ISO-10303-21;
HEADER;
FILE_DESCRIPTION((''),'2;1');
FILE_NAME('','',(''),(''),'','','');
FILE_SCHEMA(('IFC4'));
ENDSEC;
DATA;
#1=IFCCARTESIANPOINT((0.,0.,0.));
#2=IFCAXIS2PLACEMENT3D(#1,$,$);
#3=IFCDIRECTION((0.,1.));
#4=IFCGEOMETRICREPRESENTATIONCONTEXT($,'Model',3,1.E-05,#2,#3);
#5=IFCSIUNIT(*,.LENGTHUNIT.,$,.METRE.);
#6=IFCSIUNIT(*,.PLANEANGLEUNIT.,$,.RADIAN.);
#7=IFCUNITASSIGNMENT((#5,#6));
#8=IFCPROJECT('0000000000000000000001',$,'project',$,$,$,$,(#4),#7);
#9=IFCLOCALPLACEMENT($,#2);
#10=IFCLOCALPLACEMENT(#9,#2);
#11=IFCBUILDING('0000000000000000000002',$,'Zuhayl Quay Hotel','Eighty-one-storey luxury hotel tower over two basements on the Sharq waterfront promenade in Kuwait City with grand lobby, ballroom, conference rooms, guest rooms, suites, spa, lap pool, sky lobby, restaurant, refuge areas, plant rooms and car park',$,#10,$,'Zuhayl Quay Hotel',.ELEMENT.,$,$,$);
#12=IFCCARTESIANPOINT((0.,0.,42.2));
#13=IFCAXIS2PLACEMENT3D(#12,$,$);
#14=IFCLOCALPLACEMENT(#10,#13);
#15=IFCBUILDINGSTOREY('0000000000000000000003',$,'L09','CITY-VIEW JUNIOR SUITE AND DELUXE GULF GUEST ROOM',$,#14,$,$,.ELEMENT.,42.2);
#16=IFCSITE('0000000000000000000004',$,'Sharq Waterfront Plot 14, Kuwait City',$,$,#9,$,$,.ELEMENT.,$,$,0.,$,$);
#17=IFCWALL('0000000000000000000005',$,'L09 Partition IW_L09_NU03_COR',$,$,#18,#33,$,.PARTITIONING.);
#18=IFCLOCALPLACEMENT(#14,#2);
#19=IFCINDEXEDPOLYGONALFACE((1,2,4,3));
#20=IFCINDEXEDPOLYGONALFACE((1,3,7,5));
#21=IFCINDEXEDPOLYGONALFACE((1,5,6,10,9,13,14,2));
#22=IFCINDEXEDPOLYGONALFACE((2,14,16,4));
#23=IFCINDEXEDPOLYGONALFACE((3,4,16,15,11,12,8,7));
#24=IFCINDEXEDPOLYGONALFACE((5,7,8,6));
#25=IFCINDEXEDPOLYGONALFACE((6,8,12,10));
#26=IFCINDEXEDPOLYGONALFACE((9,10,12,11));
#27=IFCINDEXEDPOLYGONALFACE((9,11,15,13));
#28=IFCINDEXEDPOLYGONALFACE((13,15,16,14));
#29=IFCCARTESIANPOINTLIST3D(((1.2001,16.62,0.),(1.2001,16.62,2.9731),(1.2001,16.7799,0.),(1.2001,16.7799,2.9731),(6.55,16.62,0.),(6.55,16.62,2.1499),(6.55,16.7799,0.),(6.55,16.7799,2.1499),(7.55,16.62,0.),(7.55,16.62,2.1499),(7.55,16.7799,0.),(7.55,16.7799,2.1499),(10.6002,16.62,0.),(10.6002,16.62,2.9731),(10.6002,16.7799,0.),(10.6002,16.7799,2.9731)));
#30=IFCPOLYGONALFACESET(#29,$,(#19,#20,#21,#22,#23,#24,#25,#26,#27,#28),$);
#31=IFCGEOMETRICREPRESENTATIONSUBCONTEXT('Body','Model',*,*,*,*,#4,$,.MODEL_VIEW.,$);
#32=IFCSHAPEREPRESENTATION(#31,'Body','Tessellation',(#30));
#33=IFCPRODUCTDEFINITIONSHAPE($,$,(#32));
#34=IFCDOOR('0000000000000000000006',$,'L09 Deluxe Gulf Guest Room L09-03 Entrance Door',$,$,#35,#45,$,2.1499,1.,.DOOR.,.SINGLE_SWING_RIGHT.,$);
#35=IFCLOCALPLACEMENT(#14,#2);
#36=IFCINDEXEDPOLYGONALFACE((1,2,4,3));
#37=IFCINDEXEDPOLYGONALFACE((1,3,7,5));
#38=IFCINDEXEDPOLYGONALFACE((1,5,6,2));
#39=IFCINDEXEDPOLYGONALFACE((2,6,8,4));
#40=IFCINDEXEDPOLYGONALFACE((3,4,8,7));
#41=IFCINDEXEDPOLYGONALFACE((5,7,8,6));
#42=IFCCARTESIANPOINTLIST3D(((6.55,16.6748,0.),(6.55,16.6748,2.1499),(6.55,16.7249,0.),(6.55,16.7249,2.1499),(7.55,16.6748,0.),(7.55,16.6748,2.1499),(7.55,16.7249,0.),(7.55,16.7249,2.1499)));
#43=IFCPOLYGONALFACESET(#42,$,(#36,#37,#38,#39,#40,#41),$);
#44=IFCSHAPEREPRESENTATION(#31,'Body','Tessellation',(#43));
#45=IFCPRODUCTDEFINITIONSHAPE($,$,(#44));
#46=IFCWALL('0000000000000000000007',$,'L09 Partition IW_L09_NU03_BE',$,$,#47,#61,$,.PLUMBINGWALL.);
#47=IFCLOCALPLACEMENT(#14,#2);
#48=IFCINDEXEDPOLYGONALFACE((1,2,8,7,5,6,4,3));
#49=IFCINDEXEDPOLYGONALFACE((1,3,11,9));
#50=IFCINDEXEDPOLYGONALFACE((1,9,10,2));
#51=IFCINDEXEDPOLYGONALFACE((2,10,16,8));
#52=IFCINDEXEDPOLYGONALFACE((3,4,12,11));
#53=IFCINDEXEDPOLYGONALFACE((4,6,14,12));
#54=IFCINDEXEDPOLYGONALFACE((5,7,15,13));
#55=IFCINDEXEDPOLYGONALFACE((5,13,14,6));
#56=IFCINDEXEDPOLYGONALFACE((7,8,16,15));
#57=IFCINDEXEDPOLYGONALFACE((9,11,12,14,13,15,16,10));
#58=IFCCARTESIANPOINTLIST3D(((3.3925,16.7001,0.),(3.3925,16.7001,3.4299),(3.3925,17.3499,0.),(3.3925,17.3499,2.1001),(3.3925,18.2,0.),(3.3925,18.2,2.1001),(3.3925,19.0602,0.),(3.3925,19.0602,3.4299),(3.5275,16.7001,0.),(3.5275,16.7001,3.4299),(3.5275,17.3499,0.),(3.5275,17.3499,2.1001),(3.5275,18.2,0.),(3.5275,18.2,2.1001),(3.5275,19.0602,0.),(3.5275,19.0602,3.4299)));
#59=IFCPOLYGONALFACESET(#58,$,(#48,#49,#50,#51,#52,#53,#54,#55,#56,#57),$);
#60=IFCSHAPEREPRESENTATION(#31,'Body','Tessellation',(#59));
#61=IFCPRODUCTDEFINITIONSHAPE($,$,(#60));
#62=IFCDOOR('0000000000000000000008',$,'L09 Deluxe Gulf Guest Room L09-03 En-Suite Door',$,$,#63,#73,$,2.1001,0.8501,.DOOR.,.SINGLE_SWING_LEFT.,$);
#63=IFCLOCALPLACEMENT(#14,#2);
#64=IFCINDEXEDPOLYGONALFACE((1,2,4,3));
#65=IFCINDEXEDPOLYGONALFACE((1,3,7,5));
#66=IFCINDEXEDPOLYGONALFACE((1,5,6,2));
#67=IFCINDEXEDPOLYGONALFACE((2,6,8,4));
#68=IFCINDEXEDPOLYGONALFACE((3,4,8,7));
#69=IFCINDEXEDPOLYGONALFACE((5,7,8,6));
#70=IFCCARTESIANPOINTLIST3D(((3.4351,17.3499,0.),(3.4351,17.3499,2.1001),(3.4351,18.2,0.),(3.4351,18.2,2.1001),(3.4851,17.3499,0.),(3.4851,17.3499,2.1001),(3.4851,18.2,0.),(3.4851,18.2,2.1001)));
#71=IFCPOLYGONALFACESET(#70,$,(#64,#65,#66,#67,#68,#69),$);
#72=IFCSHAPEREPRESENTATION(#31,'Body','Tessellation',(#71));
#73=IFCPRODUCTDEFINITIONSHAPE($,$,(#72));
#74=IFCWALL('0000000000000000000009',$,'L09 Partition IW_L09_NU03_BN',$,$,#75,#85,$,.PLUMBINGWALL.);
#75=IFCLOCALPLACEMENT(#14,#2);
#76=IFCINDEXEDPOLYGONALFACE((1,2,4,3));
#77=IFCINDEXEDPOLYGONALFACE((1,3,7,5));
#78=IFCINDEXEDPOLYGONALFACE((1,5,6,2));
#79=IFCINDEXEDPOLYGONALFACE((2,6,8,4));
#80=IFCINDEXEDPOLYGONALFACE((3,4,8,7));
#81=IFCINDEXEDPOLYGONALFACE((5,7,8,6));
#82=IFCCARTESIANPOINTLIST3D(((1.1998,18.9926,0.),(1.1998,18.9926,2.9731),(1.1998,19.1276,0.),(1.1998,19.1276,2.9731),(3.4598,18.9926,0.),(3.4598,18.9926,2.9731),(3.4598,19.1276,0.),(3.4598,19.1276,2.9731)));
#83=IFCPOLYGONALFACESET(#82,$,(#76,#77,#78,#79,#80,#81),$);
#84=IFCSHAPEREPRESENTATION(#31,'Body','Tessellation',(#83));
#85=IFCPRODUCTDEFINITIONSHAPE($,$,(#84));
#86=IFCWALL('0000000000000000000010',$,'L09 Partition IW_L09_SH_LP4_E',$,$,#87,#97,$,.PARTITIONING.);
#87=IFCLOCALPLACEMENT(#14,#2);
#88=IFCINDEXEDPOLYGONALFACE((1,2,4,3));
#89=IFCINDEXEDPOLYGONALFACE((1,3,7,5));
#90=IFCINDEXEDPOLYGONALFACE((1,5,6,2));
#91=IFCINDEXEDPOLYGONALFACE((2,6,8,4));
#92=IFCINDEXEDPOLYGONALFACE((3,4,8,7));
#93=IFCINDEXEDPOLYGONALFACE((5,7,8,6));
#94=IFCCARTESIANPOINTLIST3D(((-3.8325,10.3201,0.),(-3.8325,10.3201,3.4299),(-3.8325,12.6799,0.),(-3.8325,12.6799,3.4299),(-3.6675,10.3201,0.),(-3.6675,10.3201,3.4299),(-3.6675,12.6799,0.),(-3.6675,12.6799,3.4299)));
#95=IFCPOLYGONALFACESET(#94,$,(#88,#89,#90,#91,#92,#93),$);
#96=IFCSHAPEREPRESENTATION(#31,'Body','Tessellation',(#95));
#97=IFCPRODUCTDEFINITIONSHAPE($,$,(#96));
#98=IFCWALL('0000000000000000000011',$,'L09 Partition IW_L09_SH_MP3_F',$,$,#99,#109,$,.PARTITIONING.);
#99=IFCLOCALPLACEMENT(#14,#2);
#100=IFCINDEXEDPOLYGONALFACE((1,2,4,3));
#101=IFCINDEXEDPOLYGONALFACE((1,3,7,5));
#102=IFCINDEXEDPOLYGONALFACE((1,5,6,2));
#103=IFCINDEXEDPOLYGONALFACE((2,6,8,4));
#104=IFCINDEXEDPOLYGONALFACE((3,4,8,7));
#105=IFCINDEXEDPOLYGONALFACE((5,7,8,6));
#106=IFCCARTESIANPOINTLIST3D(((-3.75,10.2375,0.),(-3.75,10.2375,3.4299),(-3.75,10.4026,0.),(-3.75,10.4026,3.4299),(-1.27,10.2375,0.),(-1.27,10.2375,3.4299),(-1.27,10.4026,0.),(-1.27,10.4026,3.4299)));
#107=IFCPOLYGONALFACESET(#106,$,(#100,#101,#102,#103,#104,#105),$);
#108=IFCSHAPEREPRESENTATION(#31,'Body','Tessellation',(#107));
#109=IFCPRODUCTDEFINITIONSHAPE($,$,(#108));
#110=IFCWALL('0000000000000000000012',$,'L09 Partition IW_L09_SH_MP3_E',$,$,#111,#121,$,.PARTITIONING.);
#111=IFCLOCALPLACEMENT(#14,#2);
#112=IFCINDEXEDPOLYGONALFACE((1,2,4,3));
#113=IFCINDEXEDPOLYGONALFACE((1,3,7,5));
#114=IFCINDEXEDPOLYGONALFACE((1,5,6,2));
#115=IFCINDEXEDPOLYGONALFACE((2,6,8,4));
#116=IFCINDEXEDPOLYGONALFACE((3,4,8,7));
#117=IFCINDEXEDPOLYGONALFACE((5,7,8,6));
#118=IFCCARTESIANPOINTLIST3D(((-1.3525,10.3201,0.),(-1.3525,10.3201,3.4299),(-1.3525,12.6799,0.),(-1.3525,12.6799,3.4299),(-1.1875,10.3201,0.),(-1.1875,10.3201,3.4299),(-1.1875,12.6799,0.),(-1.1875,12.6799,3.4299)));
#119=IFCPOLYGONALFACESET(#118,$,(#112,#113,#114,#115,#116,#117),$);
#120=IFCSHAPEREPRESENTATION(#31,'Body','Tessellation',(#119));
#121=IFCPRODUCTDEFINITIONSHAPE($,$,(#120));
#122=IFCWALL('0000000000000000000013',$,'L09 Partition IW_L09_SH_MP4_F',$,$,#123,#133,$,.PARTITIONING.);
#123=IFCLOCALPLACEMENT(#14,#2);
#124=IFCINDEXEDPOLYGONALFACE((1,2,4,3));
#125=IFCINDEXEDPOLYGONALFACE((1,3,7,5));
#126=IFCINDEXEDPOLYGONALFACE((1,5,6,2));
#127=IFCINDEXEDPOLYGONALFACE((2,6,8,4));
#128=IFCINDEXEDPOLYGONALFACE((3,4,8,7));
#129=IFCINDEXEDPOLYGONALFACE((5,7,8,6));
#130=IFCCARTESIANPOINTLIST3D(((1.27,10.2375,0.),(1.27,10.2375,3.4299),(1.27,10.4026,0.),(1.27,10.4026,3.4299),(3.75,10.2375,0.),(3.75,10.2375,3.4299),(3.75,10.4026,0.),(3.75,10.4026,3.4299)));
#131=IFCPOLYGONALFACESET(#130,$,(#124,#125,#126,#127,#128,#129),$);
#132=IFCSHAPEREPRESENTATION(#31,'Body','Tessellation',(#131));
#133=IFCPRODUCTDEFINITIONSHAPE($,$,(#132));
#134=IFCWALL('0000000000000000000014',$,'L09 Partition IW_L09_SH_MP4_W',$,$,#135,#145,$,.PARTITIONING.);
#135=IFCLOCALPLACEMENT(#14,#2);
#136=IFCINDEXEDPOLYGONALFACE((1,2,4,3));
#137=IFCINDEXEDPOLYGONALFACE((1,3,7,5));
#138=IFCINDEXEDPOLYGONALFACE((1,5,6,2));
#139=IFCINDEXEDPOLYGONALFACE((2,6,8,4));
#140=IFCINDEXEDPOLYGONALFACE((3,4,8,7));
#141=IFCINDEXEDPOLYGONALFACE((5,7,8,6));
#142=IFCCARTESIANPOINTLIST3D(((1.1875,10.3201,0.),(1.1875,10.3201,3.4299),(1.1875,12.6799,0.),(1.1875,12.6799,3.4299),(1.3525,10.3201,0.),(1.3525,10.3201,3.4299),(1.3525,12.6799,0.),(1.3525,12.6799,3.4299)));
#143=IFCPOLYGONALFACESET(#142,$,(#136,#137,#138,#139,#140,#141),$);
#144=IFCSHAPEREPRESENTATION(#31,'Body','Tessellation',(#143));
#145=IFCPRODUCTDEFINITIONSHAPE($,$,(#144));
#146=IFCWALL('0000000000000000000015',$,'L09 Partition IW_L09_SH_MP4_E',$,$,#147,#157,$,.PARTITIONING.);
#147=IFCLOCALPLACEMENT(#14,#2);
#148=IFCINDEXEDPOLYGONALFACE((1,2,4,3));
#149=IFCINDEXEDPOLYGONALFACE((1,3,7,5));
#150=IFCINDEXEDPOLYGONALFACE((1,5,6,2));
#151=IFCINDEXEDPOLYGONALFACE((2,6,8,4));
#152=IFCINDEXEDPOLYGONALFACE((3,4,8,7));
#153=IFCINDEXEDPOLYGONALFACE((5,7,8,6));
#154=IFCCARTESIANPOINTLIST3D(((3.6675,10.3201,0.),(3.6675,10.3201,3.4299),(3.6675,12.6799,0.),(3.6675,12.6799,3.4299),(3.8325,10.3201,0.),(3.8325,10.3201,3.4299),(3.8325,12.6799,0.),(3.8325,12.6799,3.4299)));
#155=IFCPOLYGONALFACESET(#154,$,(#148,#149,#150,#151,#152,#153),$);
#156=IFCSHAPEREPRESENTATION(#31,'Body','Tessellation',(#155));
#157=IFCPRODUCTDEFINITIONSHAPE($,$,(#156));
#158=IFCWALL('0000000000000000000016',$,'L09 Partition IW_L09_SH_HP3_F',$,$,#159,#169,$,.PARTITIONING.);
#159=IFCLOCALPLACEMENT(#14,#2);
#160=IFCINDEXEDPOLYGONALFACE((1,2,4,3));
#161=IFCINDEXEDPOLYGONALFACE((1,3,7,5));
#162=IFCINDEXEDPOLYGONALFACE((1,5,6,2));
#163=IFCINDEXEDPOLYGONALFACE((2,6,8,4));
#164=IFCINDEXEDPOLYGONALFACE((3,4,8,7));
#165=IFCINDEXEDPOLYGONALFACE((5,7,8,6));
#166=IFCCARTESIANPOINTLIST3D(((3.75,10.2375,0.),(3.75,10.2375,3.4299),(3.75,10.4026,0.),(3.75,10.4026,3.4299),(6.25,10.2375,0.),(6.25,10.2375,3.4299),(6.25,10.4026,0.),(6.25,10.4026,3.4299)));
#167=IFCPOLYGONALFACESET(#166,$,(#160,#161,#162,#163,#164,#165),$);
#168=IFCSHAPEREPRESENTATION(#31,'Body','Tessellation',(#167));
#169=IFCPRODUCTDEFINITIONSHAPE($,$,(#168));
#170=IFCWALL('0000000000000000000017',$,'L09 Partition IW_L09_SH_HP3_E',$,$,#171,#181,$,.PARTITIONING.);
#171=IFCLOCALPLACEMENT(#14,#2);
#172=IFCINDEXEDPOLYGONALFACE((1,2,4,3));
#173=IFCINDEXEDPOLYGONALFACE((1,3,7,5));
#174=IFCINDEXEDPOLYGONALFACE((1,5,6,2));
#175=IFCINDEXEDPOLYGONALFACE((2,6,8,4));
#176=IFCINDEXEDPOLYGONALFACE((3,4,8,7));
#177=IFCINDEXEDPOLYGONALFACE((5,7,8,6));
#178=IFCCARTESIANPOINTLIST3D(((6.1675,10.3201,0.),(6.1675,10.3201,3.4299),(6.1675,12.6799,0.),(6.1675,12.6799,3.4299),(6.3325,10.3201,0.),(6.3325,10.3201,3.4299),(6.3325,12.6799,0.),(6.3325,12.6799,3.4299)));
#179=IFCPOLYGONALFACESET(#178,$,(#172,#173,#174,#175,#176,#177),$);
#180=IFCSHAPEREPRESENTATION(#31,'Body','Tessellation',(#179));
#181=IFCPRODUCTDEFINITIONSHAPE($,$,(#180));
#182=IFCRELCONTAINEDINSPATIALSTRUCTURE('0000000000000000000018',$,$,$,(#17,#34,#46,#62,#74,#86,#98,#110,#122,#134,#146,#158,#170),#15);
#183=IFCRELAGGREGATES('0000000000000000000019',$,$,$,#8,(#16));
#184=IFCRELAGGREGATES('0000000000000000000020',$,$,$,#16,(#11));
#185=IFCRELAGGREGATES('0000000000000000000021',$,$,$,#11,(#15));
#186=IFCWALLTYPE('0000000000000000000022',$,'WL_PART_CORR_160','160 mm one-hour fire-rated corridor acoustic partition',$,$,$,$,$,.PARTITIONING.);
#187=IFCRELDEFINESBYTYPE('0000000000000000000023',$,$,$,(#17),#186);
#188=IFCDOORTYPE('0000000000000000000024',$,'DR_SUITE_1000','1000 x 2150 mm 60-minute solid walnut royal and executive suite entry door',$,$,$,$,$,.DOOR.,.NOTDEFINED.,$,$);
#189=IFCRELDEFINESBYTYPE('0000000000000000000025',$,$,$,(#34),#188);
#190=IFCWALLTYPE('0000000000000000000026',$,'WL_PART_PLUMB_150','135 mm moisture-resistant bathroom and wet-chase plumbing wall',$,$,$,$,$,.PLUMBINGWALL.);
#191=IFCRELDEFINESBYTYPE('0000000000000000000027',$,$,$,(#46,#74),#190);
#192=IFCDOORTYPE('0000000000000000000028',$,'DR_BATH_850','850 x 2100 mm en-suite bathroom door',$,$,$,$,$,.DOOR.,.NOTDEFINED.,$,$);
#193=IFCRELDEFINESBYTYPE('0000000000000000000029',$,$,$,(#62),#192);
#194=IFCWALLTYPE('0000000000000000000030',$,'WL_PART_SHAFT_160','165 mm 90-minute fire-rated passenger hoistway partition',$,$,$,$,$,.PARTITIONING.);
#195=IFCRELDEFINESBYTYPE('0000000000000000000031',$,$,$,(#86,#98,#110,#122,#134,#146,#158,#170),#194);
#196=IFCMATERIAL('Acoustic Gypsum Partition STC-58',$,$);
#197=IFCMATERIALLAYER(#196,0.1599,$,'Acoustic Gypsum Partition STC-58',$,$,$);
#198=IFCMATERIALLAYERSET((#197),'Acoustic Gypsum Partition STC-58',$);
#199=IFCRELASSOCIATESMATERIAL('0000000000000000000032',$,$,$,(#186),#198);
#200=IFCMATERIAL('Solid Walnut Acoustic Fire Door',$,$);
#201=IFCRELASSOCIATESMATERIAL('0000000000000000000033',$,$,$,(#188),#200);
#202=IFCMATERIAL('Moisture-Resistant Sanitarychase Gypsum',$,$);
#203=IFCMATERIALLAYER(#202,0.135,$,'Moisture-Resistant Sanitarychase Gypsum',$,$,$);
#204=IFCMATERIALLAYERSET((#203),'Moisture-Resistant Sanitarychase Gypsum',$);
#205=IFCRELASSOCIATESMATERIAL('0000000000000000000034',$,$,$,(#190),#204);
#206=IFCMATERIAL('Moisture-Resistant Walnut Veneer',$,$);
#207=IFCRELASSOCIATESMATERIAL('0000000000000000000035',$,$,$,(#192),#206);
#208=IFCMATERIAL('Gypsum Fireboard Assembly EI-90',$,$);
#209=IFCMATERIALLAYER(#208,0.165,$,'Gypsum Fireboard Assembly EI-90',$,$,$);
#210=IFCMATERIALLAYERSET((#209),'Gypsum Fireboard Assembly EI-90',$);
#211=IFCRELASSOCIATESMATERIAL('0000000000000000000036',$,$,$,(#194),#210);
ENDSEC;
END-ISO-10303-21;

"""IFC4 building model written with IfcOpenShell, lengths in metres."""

from ifc_helpers import new_model, si_unit, direction, frame, frame_2d, origin, place, context, subcontext, project, spatial, rectangle, extrude, material, layer, layer_set, type_object, element, fill, save


model = new_model("IFC4")

# Units and contexts
model_context = context("Model", 3, precision=1e-05, world=origin(), true_north=direction((0.0, 1.0)))
body_context = subcontext(model_context, "Body", "Model", "MODEL_VIEW")
ifc_project = project(units=[si_unit("LENGTHUNIT", "METRE"), si_unit("PLANEANGLEUNIT", "RADIAN")], contexts=[model_context])

# Site, building, storey
site_placement = place(None, origin())
site = spatial("IfcSite", under=ifc_project, at=site_placement, Name="Sharq Waterfront Plot 14, Kuwait City", CompositionType="ELEMENT", RefElevation=0.0)
building_placement = place(site_placement, origin())
building = spatial("IfcBuilding", under=site, at=building_placement, Name="Zuhayl Quay Hotel", Description="Eighty-one-storey luxury hotel tower over two basements on the Sharq waterfront promenade in Kuwait City with grand lobby, ballroom, conference rooms, guest rooms, suites, spa, lap pool, sky lobby, restaurant, refuge areas, plant rooms and car park", LongName="Zuhayl Quay Hotel", CompositionType="ELEMENT")
storey_placement = place(building_placement, frame((0.0, 0.0, 42.2)))
storey = spatial("IfcBuildingStorey", under=building, at=storey_placement, Name="L09", Description="CITY-VIEW JUNIOR SUITE AND DELUXE GULF GUEST ROOM", CompositionType="ELEMENT", Elevation=42.2)

# Shared definitions
ifc_material_1 = material(Name="Acoustic Gypsum Partition STC-58")

# Walls, openings, doors
ifc_layer_1 = layer(ifc_material_1, 0.1599, Name="Acoustic Gypsum Partition STC-58")
ifc_layer_set_1 = layer_set([ifc_layer_1], Name="Acoustic Gypsum Partition STC-58")
wall_type_1 = type_object("IfcWallType", Name="WL_PART_CORR_160", Description="160 mm one-hour fire-rated corridor acoustic partition", PredefinedType="PARTITIONING", material=ifc_layer_set_1)
wall_1_placement = place(storey_placement, frame((1.2, 16.7, 0.0), z_axis=(0.0, 0.0, 1.0), x_axis=(1.0, 0.0, 0.0)))
wall_1 = element("IfcWall", 1, at=wall_1_placement, inside=storey, type_object=wall_type_1, Name="L09 Partition IW_L09_NU03_COR", PredefinedType="PARTITIONING", context=body_context, shape_type="SweptSolid", body=[
    extrude(rectangle(XDim=9.4001, YDim=0.1599, at=frame_2d((4.7002, 0.0))), origin(), (0.0, 0.0, 1.0), 2.9731),
])
opening_1_placement = place(wall_1_placement, frame((5.3501, 0.0, 0.0)))
opening_1 = element("IfcOpeningElement", 2, at=opening_1_placement, cuts=wall_1, PredefinedType="OPENING", context=body_context, shape_type="SweptSolid", body=[
    extrude(rectangle(XDim=1.0, YDim=2.1499, at=frame_2d((0.5, 1.075))), frame((0.0, 0.0898, 0.0), z_axis=(0.0, -1.0, 0.0), x_axis=(1.0, 0.0, 0.0)), (0.0, 0.0, 1.0), 0.1799),
])
ifc_material_2 = material(Name="Solid Walnut Acoustic Fire Door")
door_type_1 = type_object("IfcDoorType", Name="DR_SUITE_1000", Description="1000 x 2150 mm 60-minute solid walnut royal and executive suite entry door", OperationType="NOTDEFINED", PredefinedType="DOOR", material=ifc_material_2)
door_1_placement = place(opening_1_placement, origin())
door_1 = element("IfcDoor", 3, at=door_1_placement, inside=storey, type_object=door_type_1, Name="L09 Deluxe Gulf Guest Room L09-03 Entrance Door", OperationType="SINGLE_SWING_RIGHT", OverallHeight=2.1499, OverallWidth=1.0, PredefinedType="DOOR", context=body_context, shape_type="SweptSolid", body=[
    extrude(rectangle(XDim=1.0, YDim=2.1499, at=frame_2d((0.5, 1.075))), frame((0.0, 0.0249, 0.0), z_axis=(0.0, -1.0, 0.0), x_axis=(1.0, 0.0, 0.0)), (0.0, 0.0, 1.0), 0.05),
])
fill(opening_1, door_1)
ifc_material_3 = material(Name="Moisture-Resistant Sanitarychase Gypsum")
ifc_layer_2 = layer(ifc_material_3, 0.135, Name="Moisture-Resistant Sanitarychase Gypsum")
ifc_layer_set_2 = layer_set([ifc_layer_2], Name="Moisture-Resistant Sanitarychase Gypsum")
wall_type_2 = type_object("IfcWallType", Name="WL_PART_PLUMB_150", Description="135 mm moisture-resistant bathroom and wet-chase plumbing wall", PredefinedType="PLUMBINGWALL", material=ifc_layer_set_2)
wall_2_placement = place(storey_placement, frame((3.46, 16.7, 0.0), z_axis=(0.0, 0.0, 1.0), x_axis=(0.0, 1.0, 0.0)))
wall_2 = element("IfcWall", 4, at=wall_2_placement, inside=storey, type_object=wall_type_2, Name="L09 Partition IW_L09_NU03_BE", PredefinedType="PLUMBINGWALL", context=body_context, shape_type="SweptSolid", body=[
    extrude(rectangle(XDim=2.3601, YDim=0.135, at=frame_2d((1.1802, 0.0))), origin(), (0.0, 0.0, 1.0), 3.4299),
])
opening_2_placement = place(wall_2_placement, frame((0.6499, 0.0, 0.0)))
opening_2 = element("IfcOpeningElement", 5, at=opening_2_placement, cuts=wall_2, PredefinedType="OPENING", context=body_context, shape_type="SweptSolid", body=[
    extrude(rectangle(XDim=0.8501, YDim=2.1001, at=frame_2d((0.425, 1.05))), frame((0.0, 0.0774, 0.0), z_axis=(0.0, -1.0, 0.0), x_axis=(1.0, 0.0, 0.0)), (0.0, 0.0, 1.0), 0.155),
])
ifc_material_4 = material(Name="Moisture-Resistant Walnut Veneer")
door_type_2 = type_object("IfcDoorType", Name="DR_BATH_850", Description="850 x 2100 mm en-suite bathroom door", OperationType="NOTDEFINED", PredefinedType="DOOR", material=ifc_material_4)
door_2_placement = place(opening_2_placement, origin())
door_2 = element("IfcDoor", 6, at=door_2_placement, inside=storey, type_object=door_type_2, Name="L09 Deluxe Gulf Guest Room L09-03 En-Suite Door", OperationType="SINGLE_SWING_LEFT", OverallHeight=2.1001, OverallWidth=0.8501, PredefinedType="DOOR", context=body_context, shape_type="SweptSolid", body=[
    extrude(rectangle(XDim=0.8501, YDim=2.1001, at=frame_2d((0.425, 1.05))), frame((0.0, 0.0249, 0.0), z_axis=(0.0, -1.0, 0.0), x_axis=(1.0, 0.0, 0.0)), (0.0, 0.0, 1.0), 0.05),
])
fill(opening_2, door_2)

# Walls
wall_3_placement = place(storey_placement, frame((1.2, 19.0601, 0.0), z_axis=(0.0, 0.0, 1.0), x_axis=(1.0, 0.0, 0.0)))
element("IfcWall", 7, at=wall_3_placement, inside=storey, type_object=wall_type_2, Name="L09 Partition IW_L09_NU03_BN", PredefinedType="PLUMBINGWALL", context=body_context, shape_type="SweptSolid", body=[
    extrude(rectangle(XDim=2.26, YDim=0.135, at=frame_2d((1.1299, 0.0))), origin(), (0.0, 0.0, 1.0), 2.9731),
])
ifc_material_5 = material(Name="Gypsum Fireboard Assembly EI-90")
ifc_layer_3 = layer(ifc_material_5, 0.165, Name="Gypsum Fireboard Assembly EI-90")
ifc_layer_set_3 = layer_set([ifc_layer_3], Name="Gypsum Fireboard Assembly EI-90")
wall_type_3 = type_object("IfcWallType", Name="WL_PART_SHAFT_160", Description="165 mm 90-minute fire-rated passenger hoistway partition", PredefinedType="PARTITIONING", material=ifc_layer_set_3)
wall_4_placement = place(storey_placement, frame((-3.75, 10.3201, 0.0), z_axis=(0.0, 0.0, 1.0), x_axis=(0.0, 1.0, 0.0)))
element("IfcWall", 8, at=wall_4_placement, inside=storey, type_object=wall_type_3, Name="L09 Partition IW_L09_SH_LP4_E", PredefinedType="PARTITIONING", context=body_context, shape_type="SweptSolid", body=[
    extrude(rectangle(XDim=2.3599, YDim=0.165, at=frame_2d((1.1799, 0.0))), origin(), (0.0, 0.0, 1.0), 3.4299),
])
wall_5_placement = place(storey_placement, frame((-3.75, 10.3201, 0.0), z_axis=(0.0, 0.0, 1.0), x_axis=(1.0, 0.0, 0.0)))
element("IfcWall", 9, at=wall_5_placement, inside=storey, type_object=wall_type_3, Name="L09 Partition IW_L09_SH_MP3_F", PredefinedType="PARTITIONING", context=body_context, shape_type="SweptSolid", body=[
    extrude(rectangle(XDim=2.48, YDim=0.165, at=frame_2d((1.24, 0.0))), origin(), (0.0, 0.0, 1.0), 3.4299),
])
wall_6_placement = place(storey_placement, frame((-1.27, 10.3201, 0.0), z_axis=(0.0, 0.0, 1.0), x_axis=(0.0, 1.0, 0.0)))
element("IfcWall", 10, at=wall_6_placement, inside=storey, type_object=wall_type_3, Name="L09 Partition IW_L09_SH_MP3_E", PredefinedType="PARTITIONING", context=body_context, shape_type="SweptSolid", body=[
    extrude(rectangle(XDim=2.3599, YDim=0.165, at=frame_2d((1.1799, 0.0))), origin(), (0.0, 0.0, 1.0), 3.4299),
])
wall_7_placement = place(storey_placement, frame((1.27, 10.3201, 0.0), z_axis=(0.0, 0.0, 1.0), x_axis=(1.0, 0.0, 0.0)))
element("IfcWall", 11, at=wall_7_placement, inside=storey, type_object=wall_type_3, Name="L09 Partition IW_L09_SH_MP4_F", PredefinedType="PARTITIONING", context=body_context, shape_type="SweptSolid", body=[
    extrude(rectangle(XDim=2.48, YDim=0.165, at=frame_2d((1.24, 0.0))), origin(), (0.0, 0.0, 1.0), 3.4299),
])
for number, where, z_axis, x_axis, name in (
    (12, (1.27, 10.3201, 0.0), (0.0, 0.0, 1.0), (0.0, 1.0, 0.0), "L09 Partition IW_L09_SH_MP4_W"),
    (13, (3.75, 10.3201, 0.0), (0.0, 0.0, 1.0), (0.0, 1.0, 0.0), "L09 Partition IW_L09_SH_MP4_E"),
):
    element("IfcWall", number, at=place(storey_placement, frame(where, z_axis=z_axis, x_axis=x_axis)), inside=storey, type_object=wall_type_3, Name=name, PredefinedType="PARTITIONING", context=body_context, shape_type="SweptSolid", body=[
        extrude(rectangle(XDim=2.3599, YDim=0.165, at=frame_2d((1.1799, 0.0))), origin(), (0.0, 0.0, 1.0), 3.4299),
    ])
wall_8_placement = place(storey_placement, frame((3.75, 10.3201, 0.0), z_axis=(0.0, 0.0, 1.0), x_axis=(1.0, 0.0, 0.0)))
element("IfcWall", 14, at=wall_8_placement, inside=storey, type_object=wall_type_3, Name="L09 Partition IW_L09_SH_HP3_F", PredefinedType="PARTITIONING", context=body_context, shape_type="SweptSolid", body=[
    extrude(rectangle(XDim=2.5, YDim=0.165, at=frame_2d((1.25, 0.0))), origin(), (0.0, 0.0, 1.0), 3.4299),
])
wall_9_placement = place(storey_placement, frame((6.25, 10.3201, 0.0), z_axis=(0.0, 0.0, 1.0), x_axis=(0.0, 1.0, 0.0)))
element("IfcWall", 15, at=wall_9_placement, inside=storey, type_object=wall_type_3, Name="L09 Partition IW_L09_SH_HP3_E", PredefinedType="PARTITIONING", context=body_context, shape_type="SweptSolid", body=[
    extrude(rectangle(XDim=2.3599, YDim=0.165, at=frame_2d((1.1799, 0.0))), origin(), (0.0, 0.0, 1.0), 3.4299),
])

save(model, "model.ifc")
